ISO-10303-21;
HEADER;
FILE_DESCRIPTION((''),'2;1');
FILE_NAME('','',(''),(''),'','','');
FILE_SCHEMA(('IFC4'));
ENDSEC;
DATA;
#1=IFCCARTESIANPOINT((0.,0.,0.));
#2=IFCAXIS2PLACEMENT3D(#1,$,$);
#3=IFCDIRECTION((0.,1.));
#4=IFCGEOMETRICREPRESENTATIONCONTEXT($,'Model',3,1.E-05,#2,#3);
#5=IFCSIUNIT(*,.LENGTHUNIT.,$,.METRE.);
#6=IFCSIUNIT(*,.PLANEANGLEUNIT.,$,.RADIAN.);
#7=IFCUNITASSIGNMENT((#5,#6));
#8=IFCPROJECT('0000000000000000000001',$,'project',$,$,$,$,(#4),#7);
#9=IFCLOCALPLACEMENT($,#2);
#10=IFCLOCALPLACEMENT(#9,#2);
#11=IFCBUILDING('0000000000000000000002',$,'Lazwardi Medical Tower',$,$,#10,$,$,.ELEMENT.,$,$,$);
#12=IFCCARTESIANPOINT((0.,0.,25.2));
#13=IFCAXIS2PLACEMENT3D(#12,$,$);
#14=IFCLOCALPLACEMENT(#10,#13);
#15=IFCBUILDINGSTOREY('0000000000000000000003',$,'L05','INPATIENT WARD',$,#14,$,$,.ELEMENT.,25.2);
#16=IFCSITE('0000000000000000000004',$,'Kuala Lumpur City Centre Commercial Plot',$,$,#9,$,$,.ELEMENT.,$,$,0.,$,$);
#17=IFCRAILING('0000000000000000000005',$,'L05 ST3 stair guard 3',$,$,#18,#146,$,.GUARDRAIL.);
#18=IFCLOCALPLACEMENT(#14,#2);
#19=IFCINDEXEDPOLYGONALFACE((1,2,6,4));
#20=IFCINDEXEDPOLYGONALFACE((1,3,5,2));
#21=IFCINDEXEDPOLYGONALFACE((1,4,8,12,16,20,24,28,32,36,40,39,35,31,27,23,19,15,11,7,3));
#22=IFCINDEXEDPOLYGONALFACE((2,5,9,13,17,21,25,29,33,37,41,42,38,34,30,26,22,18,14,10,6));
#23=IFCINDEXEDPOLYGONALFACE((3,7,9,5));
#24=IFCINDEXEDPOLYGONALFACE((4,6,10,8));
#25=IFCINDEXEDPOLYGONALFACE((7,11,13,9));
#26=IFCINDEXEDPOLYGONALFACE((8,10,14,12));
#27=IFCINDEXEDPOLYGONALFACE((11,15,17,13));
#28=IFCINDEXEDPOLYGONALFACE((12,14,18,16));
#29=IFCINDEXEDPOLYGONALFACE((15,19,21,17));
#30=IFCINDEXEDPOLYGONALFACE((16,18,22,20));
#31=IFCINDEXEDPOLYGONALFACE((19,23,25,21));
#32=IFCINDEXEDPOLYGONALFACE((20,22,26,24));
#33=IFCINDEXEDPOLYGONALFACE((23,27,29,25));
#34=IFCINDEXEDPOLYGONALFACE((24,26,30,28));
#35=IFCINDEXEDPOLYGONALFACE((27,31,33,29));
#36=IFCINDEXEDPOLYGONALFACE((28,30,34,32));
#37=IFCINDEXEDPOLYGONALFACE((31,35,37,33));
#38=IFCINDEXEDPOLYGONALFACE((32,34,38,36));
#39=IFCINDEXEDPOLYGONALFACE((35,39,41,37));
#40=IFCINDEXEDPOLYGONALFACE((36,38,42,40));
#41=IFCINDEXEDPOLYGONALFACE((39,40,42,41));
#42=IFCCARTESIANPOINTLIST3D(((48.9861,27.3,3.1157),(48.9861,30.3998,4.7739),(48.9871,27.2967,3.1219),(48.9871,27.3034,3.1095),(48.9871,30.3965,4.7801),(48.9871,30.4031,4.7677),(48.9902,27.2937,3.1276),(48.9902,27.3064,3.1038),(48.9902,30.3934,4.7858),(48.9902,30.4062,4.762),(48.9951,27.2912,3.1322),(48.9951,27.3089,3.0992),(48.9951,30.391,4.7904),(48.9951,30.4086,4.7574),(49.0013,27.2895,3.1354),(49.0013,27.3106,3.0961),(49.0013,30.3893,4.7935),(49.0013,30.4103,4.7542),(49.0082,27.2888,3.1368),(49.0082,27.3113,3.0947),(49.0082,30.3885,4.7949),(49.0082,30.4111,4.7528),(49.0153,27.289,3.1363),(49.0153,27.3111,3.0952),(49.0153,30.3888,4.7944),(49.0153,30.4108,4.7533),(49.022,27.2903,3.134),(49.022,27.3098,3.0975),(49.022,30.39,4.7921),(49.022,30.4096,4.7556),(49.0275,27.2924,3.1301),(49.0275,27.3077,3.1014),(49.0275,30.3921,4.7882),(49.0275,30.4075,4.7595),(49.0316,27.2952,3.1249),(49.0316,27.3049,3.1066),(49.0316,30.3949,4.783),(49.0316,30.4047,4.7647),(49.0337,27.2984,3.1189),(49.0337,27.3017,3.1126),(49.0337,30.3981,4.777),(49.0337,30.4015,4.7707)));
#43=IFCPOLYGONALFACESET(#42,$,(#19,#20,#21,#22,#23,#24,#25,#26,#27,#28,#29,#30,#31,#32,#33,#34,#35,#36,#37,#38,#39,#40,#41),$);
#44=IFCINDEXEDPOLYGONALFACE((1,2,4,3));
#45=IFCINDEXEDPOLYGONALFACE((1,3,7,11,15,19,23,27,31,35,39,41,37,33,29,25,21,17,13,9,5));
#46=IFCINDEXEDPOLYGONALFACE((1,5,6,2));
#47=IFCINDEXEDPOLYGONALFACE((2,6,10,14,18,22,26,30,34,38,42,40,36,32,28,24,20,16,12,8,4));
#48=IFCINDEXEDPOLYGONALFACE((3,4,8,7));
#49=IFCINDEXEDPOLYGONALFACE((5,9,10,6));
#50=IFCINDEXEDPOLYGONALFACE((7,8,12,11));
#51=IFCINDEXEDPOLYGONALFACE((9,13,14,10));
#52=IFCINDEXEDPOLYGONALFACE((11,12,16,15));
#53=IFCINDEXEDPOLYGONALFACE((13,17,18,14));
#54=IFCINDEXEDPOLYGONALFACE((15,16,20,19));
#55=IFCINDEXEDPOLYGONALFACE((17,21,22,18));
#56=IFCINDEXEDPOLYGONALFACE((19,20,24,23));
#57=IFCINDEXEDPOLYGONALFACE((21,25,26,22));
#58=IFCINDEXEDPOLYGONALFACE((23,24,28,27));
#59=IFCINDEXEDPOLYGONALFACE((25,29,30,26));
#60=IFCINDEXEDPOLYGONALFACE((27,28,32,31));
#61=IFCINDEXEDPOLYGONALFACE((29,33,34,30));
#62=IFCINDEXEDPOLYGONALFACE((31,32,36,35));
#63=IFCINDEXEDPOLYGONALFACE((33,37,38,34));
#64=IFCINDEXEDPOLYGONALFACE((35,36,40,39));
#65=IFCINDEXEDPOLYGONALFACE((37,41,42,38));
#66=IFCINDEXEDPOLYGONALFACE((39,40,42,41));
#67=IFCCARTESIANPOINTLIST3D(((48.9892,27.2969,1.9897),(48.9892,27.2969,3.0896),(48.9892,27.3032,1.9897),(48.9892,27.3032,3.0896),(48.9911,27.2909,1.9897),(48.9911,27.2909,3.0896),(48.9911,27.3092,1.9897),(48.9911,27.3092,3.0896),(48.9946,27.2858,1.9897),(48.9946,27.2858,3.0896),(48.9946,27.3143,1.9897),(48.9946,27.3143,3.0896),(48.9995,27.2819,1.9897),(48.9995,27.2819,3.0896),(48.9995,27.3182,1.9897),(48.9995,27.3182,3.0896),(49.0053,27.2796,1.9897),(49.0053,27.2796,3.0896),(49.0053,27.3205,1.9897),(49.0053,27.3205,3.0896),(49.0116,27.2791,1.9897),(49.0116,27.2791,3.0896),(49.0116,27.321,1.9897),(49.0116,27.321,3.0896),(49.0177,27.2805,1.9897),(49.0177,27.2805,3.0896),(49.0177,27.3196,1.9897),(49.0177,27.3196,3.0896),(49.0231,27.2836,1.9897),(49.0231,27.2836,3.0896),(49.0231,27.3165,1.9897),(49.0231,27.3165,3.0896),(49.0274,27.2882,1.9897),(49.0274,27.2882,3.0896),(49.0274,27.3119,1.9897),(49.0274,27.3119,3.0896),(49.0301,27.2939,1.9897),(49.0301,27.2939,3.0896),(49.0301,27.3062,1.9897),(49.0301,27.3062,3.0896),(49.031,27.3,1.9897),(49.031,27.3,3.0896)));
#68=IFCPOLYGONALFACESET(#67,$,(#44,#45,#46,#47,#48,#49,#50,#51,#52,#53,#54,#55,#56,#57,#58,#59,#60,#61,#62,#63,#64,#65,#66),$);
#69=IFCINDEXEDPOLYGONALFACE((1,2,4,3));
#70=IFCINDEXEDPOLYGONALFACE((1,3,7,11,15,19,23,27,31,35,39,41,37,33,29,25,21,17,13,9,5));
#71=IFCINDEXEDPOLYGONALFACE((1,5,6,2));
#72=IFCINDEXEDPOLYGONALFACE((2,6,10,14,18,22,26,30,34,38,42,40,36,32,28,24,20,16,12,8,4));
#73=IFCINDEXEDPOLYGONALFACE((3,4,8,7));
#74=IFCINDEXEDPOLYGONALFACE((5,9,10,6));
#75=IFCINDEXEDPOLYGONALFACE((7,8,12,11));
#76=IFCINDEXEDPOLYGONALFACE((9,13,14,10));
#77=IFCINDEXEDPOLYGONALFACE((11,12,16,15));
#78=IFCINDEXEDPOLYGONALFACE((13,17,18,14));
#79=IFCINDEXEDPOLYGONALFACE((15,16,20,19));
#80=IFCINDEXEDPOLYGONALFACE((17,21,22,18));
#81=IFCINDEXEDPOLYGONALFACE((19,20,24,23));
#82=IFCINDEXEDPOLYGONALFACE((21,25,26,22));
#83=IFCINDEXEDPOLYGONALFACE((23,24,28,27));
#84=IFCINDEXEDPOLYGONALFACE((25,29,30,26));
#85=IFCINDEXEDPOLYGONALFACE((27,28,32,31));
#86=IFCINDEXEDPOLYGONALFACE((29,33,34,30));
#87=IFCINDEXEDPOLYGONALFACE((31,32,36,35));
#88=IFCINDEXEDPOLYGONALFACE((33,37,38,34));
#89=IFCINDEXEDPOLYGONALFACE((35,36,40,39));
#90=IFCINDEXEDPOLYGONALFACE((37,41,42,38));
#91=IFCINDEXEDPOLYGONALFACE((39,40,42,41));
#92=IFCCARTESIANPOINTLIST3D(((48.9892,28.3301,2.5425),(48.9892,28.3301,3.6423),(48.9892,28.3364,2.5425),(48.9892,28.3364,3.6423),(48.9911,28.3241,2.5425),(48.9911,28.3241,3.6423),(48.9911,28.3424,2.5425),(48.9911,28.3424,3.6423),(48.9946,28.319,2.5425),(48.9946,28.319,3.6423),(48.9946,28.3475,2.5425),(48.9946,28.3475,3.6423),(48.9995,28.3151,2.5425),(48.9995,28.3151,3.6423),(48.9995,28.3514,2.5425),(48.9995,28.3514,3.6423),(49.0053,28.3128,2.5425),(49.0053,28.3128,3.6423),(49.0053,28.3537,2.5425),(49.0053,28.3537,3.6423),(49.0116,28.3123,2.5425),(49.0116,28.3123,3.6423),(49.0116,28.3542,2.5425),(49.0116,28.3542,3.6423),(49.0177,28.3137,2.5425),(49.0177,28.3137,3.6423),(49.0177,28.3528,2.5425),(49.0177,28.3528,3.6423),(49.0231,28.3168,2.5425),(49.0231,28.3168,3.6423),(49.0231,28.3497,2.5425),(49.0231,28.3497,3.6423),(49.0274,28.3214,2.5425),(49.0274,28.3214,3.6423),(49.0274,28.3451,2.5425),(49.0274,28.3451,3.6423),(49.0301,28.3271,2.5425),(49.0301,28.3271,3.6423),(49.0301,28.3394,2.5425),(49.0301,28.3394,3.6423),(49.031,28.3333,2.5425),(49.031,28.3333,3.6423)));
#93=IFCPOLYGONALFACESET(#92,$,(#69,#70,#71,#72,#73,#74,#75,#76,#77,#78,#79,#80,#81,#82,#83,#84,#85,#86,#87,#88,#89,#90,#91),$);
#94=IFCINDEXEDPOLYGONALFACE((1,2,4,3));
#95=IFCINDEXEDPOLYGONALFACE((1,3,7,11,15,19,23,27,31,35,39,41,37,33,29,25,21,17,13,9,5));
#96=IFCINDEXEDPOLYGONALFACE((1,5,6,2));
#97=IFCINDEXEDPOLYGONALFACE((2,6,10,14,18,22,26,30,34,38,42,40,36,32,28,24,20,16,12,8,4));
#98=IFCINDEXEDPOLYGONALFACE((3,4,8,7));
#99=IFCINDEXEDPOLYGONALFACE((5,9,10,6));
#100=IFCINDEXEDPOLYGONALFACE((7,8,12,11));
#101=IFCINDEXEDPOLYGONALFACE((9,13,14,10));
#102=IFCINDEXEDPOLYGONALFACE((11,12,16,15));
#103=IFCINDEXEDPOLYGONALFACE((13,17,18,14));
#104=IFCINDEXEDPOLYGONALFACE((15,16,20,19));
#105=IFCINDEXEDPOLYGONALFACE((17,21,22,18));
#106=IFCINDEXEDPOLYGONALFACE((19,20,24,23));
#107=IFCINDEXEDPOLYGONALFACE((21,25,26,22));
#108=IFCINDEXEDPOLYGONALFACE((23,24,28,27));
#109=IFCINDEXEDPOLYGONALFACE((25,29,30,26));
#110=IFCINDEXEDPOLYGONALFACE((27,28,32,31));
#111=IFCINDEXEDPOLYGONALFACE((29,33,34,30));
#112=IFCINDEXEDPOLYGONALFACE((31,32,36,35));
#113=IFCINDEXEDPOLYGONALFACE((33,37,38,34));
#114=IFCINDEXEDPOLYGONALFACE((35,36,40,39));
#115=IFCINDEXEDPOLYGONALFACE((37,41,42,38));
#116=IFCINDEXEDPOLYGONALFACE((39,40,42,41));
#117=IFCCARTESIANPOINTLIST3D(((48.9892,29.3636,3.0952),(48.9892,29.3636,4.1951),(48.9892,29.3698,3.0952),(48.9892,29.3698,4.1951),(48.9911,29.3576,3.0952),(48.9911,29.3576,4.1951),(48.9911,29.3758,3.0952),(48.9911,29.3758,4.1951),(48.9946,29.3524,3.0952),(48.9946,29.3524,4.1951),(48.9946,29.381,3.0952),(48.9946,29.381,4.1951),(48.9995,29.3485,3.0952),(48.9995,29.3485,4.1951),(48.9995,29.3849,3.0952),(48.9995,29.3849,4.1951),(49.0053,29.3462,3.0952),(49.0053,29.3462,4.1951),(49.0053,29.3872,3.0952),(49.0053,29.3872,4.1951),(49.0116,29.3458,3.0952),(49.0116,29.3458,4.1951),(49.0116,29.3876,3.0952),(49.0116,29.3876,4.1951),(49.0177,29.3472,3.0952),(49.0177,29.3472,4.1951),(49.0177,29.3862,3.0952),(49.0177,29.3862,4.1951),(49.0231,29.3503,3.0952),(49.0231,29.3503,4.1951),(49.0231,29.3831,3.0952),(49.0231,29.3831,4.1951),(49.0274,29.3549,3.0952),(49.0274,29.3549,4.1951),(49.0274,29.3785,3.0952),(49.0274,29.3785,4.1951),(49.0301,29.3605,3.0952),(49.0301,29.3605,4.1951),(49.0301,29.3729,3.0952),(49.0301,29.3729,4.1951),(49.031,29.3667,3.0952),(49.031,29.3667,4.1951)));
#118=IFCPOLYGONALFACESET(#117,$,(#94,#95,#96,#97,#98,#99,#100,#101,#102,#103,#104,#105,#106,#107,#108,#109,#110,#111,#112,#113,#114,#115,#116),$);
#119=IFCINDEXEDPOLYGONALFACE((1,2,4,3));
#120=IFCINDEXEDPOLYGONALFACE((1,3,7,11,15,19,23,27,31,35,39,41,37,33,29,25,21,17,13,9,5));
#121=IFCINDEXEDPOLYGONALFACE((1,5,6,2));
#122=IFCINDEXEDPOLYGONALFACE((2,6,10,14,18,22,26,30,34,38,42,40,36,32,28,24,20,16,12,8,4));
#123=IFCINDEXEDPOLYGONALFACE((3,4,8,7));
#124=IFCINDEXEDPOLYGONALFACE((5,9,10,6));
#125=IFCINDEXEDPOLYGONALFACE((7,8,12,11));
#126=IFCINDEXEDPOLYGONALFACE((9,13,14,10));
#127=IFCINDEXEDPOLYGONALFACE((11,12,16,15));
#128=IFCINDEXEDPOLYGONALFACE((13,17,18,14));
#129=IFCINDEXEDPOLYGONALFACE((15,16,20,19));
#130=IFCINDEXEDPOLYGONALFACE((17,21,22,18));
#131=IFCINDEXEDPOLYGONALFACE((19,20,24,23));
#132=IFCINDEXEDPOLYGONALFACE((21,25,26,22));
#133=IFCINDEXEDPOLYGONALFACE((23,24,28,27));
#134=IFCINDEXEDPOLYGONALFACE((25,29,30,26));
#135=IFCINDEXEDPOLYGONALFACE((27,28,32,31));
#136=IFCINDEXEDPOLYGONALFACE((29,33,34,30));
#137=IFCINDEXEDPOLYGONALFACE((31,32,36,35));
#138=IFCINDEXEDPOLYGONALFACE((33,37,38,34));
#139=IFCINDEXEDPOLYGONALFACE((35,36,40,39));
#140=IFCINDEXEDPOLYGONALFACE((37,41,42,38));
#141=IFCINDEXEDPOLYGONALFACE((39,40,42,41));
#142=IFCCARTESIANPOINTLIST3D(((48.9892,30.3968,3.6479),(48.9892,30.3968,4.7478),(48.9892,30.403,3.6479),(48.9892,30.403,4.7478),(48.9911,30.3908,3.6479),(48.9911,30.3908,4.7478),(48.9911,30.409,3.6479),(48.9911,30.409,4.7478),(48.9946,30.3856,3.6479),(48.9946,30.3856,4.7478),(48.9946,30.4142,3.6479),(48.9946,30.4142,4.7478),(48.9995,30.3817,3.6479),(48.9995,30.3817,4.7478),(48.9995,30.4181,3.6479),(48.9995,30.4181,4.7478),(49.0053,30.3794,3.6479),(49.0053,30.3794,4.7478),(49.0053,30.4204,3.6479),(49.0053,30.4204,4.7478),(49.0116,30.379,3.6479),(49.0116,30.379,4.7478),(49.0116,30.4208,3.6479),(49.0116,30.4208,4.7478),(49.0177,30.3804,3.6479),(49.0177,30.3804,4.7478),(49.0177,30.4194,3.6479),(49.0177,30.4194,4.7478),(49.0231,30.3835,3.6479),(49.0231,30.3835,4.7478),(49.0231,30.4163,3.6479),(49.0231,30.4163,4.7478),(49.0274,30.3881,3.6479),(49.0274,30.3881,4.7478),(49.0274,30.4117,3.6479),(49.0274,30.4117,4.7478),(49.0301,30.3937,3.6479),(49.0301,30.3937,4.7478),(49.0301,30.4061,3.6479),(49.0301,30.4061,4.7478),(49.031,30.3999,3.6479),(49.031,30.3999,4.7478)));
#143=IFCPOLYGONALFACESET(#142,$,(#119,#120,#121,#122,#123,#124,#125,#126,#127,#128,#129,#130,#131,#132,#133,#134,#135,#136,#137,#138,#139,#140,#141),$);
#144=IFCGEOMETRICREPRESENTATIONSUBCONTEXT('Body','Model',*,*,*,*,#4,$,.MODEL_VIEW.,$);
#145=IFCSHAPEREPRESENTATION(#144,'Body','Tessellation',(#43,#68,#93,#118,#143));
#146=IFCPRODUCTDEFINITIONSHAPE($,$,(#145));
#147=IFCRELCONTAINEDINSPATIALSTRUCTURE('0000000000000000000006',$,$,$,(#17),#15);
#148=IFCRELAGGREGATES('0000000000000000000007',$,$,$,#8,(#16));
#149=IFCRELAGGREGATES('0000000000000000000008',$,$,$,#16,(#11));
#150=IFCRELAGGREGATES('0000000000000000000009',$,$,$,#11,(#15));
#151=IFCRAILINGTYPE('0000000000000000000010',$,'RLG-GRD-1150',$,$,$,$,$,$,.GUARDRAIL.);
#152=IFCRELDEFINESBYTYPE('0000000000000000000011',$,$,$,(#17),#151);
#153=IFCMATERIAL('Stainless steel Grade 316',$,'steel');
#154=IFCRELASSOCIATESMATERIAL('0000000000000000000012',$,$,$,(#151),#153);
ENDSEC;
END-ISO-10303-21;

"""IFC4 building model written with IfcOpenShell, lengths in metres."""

from ifc_helpers import new_model, si_unit, direction, frame, origin, origin_2d, place, context, subcontext, project, spatial, circle, extrude, material, type_object, element, save


model = new_model("IFC4")

# Units and contexts
model_context = context("Model", 3, precision=1e-05, world=origin(), true_north=direction((0.0, 1.0)))
body_context = subcontext(model_context, "Body", "Model", "MODEL_VIEW")
ifc_project = project(units=[si_unit("LENGTHUNIT", "METRE"), si_unit("PLANEANGLEUNIT", "RADIAN")], contexts=[model_context])

# Site, building, storey
site_placement = place(None, origin())
site = spatial("IfcSite", under=ifc_project, at=site_placement, Name="Kuala Lumpur City Centre Commercial Plot", CompositionType="ELEMENT", RefElevation=0.0)
building_placement = place(site_placement, origin())
building = spatial("IfcBuilding", under=site, at=building_placement, Name="Lazwardi Medical Tower", CompositionType="ELEMENT")
storey_placement = place(building_placement, frame((0.0, 0.0, 25.2)))
storey = spatial("IfcBuildingStorey", under=building, at=storey_placement, Name="L05", Description="INPATIENT WARD", CompositionType="ELEMENT", Elevation=25.2)

# Railing
ifc_material_1 = material(Name="Stainless steel Grade 316", Category="steel")
railing_type_1 = type_object("IfcRailingType", Name="RLG-GRD-1150", PredefinedType="GUARDRAIL", material=ifc_material_1)
railing_1_placement = place(storey_placement, frame((49.01, 27.3, 1.9897)))
element("IfcRailing", 1, at=railing_1_placement, inside=storey, type_object=railing_type_1, Name="L05 ST3 stair guard 3", PredefinedType="GUARDRAIL", context=body_context, shape_type="SweptSolid", body=[
    extrude(circle(Radius=0.0239, at=origin_2d()), frame((0.0, 0.0, 1.126), z_axis=(0.0, 0.881768, 0.471684), x_axis=(-1.0, 0.0, 0.0)), (0.0, 0.0, 1.0), 3.5154),
    extrude(circle(Radius=0.021, at=origin_2d()), origin(), (0.0, 0.0, 1.0), 1.0999),
    extrude(circle(Radius=0.021, at=origin_2d()), frame((0.0, 1.0332, 0.5527)), (0.0, 0.0, 1.0), 1.0999),
    extrude(circle(Radius=0.021, at=origin_2d()), frame((0.0, 2.0667, 1.1055)), (0.0, 0.0, 1.0), 1.0999),
    extrude(circle(Radius=0.021, at=origin_2d()), frame((0.0, 3.0999, 1.6582)), (0.0, 0.0, 1.0), 1.0999),
])

save(model, "model.ifc")
